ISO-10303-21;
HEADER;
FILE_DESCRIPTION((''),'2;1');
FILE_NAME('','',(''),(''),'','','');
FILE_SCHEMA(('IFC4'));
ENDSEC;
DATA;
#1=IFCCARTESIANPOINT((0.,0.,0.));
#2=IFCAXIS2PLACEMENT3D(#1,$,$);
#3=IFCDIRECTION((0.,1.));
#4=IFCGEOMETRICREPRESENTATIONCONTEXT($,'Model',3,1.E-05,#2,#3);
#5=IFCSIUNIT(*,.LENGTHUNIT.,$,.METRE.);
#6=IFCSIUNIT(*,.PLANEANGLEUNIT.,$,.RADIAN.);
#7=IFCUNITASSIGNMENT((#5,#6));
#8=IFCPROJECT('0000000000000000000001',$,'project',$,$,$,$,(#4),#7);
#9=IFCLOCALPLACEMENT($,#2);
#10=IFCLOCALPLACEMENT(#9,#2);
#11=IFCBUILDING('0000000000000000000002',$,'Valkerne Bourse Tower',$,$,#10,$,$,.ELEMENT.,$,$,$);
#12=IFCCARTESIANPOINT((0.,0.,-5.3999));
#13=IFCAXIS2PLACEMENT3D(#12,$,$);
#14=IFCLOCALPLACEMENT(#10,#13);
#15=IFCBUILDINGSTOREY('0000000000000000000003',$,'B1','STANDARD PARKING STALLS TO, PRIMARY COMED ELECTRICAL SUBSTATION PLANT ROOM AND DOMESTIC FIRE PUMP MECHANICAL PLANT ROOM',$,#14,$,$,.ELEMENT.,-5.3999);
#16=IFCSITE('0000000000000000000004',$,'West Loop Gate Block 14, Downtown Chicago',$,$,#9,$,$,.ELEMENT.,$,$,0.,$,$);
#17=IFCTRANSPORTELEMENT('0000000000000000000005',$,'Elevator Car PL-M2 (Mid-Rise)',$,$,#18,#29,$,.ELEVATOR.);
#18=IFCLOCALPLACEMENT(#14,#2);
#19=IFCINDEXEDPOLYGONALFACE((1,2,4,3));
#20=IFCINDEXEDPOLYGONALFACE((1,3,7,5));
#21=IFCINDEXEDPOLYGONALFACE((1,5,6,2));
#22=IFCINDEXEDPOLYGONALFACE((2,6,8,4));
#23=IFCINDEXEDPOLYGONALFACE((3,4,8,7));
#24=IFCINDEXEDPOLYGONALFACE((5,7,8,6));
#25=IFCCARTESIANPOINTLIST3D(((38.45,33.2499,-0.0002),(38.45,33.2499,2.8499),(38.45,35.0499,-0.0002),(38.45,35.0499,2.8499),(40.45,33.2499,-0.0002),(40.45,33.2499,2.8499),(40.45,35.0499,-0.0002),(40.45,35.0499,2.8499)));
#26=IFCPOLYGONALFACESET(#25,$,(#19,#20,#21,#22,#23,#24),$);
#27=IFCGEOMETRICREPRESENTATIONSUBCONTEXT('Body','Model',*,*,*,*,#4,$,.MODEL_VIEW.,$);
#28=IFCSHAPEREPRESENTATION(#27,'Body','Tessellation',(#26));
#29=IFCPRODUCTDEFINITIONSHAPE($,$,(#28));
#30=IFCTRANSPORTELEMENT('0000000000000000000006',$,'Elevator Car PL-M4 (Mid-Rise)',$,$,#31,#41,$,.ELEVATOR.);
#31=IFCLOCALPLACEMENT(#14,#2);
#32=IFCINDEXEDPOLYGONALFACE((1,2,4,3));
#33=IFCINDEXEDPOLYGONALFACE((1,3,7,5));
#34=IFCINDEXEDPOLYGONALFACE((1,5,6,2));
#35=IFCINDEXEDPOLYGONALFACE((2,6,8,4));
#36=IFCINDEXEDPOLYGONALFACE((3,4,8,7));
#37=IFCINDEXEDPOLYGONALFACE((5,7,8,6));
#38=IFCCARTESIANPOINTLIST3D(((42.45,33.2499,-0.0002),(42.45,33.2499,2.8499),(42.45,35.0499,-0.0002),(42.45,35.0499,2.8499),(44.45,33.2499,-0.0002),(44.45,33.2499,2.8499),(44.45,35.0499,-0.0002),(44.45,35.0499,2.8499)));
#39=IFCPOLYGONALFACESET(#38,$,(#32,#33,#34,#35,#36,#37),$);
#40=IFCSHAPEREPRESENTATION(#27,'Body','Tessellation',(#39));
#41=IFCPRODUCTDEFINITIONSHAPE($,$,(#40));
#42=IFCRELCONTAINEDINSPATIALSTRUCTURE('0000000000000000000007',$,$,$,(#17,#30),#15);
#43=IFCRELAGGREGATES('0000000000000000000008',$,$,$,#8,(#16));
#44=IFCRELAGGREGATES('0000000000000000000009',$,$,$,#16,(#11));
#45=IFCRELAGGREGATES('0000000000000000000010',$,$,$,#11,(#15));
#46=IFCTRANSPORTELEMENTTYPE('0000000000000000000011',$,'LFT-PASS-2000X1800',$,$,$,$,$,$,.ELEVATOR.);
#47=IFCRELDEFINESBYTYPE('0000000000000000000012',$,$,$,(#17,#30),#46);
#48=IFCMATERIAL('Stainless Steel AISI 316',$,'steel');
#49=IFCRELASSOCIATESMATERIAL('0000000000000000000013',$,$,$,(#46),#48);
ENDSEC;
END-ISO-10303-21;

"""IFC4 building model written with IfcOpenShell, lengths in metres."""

from ifc_helpers import new_model, si_unit, direction, frame, origin, origin_2d, place, context, subcontext, project, spatial, rectangle, extrude, material, type_object, element, save


model = new_model("IFC4")

# Units and contexts
model_context = context("Model", 3, precision=1e-05, world=origin(), true_north=direction((0.0, 1.0)))
body_context = subcontext(model_context, "Body", "Model", "MODEL_VIEW")
ifc_project = project(units=[si_unit("LENGTHUNIT", "METRE"), si_unit("PLANEANGLEUNIT", "RADIAN")], contexts=[model_context])

# Site, building, storey
site_placement = place(None, origin())
site = spatial("IfcSite", under=ifc_project, at=site_placement, Name="West Loop Gate Block 14, Downtown Chicago", CompositionType="ELEMENT", RefElevation=0.0)
building_placement = place(site_placement, origin())
building = spatial("IfcBuilding", under=site, at=building_placement, Name="Valkerne Bourse Tower", CompositionType="ELEMENT")
storey_placement = place(building_placement, frame((0.0, 0.0, -5.3999)))
storey = spatial("IfcBuildingStorey", under=building, at=storey_placement, Name="B1", Description="STANDARD PARKING STALLS TO, PRIMARY COMED ELECTRICAL SUBSTATION PLANT ROOM AND DOMESTIC FIRE PUMP MECHANICAL PLANT ROOM", CompositionType="ELEMENT", Elevation=-5.3999)

# Shared definitions
ifc_material_1 = material(Name="Stainless Steel AISI 316", Category="steel")

# Transport elements
transport_element_type = type_object("IfcTransportElementType", Name="LFT-PASS-2000X1800", PredefinedType="ELEVATOR", material=ifc_material_1)
for number, where, z_axis, x_axis, name in (
    (1, (39.45, 34.1499, -0.0002), (0.0, 0.0, 1.0), (1.0, 0.0, 0.0), "Elevator Car PL-M2 (Mid-Rise)"),
    (2, (43.45, 34.1499, -0.0002), (0.0, 0.0, 1.0), (1.0, 0.0, 0.0), "Elevator Car PL-M4 (Mid-Rise)"),
):
    element("IfcTransportElement", number, at=place(storey_placement, frame(where, z_axis=z_axis, x_axis=x_axis)), inside=storey, type_object=transport_element_type, Name=name, PredefinedType="ELEVATOR", context=body_context, shape_type="SweptSolid", body=[
        extrude(rectangle(XDim=2.0, YDim=1.8, at=origin_2d()), origin(), (0.0, 0.0, 1.0), 2.8501),
    ])

save(model, "model.ifc")
